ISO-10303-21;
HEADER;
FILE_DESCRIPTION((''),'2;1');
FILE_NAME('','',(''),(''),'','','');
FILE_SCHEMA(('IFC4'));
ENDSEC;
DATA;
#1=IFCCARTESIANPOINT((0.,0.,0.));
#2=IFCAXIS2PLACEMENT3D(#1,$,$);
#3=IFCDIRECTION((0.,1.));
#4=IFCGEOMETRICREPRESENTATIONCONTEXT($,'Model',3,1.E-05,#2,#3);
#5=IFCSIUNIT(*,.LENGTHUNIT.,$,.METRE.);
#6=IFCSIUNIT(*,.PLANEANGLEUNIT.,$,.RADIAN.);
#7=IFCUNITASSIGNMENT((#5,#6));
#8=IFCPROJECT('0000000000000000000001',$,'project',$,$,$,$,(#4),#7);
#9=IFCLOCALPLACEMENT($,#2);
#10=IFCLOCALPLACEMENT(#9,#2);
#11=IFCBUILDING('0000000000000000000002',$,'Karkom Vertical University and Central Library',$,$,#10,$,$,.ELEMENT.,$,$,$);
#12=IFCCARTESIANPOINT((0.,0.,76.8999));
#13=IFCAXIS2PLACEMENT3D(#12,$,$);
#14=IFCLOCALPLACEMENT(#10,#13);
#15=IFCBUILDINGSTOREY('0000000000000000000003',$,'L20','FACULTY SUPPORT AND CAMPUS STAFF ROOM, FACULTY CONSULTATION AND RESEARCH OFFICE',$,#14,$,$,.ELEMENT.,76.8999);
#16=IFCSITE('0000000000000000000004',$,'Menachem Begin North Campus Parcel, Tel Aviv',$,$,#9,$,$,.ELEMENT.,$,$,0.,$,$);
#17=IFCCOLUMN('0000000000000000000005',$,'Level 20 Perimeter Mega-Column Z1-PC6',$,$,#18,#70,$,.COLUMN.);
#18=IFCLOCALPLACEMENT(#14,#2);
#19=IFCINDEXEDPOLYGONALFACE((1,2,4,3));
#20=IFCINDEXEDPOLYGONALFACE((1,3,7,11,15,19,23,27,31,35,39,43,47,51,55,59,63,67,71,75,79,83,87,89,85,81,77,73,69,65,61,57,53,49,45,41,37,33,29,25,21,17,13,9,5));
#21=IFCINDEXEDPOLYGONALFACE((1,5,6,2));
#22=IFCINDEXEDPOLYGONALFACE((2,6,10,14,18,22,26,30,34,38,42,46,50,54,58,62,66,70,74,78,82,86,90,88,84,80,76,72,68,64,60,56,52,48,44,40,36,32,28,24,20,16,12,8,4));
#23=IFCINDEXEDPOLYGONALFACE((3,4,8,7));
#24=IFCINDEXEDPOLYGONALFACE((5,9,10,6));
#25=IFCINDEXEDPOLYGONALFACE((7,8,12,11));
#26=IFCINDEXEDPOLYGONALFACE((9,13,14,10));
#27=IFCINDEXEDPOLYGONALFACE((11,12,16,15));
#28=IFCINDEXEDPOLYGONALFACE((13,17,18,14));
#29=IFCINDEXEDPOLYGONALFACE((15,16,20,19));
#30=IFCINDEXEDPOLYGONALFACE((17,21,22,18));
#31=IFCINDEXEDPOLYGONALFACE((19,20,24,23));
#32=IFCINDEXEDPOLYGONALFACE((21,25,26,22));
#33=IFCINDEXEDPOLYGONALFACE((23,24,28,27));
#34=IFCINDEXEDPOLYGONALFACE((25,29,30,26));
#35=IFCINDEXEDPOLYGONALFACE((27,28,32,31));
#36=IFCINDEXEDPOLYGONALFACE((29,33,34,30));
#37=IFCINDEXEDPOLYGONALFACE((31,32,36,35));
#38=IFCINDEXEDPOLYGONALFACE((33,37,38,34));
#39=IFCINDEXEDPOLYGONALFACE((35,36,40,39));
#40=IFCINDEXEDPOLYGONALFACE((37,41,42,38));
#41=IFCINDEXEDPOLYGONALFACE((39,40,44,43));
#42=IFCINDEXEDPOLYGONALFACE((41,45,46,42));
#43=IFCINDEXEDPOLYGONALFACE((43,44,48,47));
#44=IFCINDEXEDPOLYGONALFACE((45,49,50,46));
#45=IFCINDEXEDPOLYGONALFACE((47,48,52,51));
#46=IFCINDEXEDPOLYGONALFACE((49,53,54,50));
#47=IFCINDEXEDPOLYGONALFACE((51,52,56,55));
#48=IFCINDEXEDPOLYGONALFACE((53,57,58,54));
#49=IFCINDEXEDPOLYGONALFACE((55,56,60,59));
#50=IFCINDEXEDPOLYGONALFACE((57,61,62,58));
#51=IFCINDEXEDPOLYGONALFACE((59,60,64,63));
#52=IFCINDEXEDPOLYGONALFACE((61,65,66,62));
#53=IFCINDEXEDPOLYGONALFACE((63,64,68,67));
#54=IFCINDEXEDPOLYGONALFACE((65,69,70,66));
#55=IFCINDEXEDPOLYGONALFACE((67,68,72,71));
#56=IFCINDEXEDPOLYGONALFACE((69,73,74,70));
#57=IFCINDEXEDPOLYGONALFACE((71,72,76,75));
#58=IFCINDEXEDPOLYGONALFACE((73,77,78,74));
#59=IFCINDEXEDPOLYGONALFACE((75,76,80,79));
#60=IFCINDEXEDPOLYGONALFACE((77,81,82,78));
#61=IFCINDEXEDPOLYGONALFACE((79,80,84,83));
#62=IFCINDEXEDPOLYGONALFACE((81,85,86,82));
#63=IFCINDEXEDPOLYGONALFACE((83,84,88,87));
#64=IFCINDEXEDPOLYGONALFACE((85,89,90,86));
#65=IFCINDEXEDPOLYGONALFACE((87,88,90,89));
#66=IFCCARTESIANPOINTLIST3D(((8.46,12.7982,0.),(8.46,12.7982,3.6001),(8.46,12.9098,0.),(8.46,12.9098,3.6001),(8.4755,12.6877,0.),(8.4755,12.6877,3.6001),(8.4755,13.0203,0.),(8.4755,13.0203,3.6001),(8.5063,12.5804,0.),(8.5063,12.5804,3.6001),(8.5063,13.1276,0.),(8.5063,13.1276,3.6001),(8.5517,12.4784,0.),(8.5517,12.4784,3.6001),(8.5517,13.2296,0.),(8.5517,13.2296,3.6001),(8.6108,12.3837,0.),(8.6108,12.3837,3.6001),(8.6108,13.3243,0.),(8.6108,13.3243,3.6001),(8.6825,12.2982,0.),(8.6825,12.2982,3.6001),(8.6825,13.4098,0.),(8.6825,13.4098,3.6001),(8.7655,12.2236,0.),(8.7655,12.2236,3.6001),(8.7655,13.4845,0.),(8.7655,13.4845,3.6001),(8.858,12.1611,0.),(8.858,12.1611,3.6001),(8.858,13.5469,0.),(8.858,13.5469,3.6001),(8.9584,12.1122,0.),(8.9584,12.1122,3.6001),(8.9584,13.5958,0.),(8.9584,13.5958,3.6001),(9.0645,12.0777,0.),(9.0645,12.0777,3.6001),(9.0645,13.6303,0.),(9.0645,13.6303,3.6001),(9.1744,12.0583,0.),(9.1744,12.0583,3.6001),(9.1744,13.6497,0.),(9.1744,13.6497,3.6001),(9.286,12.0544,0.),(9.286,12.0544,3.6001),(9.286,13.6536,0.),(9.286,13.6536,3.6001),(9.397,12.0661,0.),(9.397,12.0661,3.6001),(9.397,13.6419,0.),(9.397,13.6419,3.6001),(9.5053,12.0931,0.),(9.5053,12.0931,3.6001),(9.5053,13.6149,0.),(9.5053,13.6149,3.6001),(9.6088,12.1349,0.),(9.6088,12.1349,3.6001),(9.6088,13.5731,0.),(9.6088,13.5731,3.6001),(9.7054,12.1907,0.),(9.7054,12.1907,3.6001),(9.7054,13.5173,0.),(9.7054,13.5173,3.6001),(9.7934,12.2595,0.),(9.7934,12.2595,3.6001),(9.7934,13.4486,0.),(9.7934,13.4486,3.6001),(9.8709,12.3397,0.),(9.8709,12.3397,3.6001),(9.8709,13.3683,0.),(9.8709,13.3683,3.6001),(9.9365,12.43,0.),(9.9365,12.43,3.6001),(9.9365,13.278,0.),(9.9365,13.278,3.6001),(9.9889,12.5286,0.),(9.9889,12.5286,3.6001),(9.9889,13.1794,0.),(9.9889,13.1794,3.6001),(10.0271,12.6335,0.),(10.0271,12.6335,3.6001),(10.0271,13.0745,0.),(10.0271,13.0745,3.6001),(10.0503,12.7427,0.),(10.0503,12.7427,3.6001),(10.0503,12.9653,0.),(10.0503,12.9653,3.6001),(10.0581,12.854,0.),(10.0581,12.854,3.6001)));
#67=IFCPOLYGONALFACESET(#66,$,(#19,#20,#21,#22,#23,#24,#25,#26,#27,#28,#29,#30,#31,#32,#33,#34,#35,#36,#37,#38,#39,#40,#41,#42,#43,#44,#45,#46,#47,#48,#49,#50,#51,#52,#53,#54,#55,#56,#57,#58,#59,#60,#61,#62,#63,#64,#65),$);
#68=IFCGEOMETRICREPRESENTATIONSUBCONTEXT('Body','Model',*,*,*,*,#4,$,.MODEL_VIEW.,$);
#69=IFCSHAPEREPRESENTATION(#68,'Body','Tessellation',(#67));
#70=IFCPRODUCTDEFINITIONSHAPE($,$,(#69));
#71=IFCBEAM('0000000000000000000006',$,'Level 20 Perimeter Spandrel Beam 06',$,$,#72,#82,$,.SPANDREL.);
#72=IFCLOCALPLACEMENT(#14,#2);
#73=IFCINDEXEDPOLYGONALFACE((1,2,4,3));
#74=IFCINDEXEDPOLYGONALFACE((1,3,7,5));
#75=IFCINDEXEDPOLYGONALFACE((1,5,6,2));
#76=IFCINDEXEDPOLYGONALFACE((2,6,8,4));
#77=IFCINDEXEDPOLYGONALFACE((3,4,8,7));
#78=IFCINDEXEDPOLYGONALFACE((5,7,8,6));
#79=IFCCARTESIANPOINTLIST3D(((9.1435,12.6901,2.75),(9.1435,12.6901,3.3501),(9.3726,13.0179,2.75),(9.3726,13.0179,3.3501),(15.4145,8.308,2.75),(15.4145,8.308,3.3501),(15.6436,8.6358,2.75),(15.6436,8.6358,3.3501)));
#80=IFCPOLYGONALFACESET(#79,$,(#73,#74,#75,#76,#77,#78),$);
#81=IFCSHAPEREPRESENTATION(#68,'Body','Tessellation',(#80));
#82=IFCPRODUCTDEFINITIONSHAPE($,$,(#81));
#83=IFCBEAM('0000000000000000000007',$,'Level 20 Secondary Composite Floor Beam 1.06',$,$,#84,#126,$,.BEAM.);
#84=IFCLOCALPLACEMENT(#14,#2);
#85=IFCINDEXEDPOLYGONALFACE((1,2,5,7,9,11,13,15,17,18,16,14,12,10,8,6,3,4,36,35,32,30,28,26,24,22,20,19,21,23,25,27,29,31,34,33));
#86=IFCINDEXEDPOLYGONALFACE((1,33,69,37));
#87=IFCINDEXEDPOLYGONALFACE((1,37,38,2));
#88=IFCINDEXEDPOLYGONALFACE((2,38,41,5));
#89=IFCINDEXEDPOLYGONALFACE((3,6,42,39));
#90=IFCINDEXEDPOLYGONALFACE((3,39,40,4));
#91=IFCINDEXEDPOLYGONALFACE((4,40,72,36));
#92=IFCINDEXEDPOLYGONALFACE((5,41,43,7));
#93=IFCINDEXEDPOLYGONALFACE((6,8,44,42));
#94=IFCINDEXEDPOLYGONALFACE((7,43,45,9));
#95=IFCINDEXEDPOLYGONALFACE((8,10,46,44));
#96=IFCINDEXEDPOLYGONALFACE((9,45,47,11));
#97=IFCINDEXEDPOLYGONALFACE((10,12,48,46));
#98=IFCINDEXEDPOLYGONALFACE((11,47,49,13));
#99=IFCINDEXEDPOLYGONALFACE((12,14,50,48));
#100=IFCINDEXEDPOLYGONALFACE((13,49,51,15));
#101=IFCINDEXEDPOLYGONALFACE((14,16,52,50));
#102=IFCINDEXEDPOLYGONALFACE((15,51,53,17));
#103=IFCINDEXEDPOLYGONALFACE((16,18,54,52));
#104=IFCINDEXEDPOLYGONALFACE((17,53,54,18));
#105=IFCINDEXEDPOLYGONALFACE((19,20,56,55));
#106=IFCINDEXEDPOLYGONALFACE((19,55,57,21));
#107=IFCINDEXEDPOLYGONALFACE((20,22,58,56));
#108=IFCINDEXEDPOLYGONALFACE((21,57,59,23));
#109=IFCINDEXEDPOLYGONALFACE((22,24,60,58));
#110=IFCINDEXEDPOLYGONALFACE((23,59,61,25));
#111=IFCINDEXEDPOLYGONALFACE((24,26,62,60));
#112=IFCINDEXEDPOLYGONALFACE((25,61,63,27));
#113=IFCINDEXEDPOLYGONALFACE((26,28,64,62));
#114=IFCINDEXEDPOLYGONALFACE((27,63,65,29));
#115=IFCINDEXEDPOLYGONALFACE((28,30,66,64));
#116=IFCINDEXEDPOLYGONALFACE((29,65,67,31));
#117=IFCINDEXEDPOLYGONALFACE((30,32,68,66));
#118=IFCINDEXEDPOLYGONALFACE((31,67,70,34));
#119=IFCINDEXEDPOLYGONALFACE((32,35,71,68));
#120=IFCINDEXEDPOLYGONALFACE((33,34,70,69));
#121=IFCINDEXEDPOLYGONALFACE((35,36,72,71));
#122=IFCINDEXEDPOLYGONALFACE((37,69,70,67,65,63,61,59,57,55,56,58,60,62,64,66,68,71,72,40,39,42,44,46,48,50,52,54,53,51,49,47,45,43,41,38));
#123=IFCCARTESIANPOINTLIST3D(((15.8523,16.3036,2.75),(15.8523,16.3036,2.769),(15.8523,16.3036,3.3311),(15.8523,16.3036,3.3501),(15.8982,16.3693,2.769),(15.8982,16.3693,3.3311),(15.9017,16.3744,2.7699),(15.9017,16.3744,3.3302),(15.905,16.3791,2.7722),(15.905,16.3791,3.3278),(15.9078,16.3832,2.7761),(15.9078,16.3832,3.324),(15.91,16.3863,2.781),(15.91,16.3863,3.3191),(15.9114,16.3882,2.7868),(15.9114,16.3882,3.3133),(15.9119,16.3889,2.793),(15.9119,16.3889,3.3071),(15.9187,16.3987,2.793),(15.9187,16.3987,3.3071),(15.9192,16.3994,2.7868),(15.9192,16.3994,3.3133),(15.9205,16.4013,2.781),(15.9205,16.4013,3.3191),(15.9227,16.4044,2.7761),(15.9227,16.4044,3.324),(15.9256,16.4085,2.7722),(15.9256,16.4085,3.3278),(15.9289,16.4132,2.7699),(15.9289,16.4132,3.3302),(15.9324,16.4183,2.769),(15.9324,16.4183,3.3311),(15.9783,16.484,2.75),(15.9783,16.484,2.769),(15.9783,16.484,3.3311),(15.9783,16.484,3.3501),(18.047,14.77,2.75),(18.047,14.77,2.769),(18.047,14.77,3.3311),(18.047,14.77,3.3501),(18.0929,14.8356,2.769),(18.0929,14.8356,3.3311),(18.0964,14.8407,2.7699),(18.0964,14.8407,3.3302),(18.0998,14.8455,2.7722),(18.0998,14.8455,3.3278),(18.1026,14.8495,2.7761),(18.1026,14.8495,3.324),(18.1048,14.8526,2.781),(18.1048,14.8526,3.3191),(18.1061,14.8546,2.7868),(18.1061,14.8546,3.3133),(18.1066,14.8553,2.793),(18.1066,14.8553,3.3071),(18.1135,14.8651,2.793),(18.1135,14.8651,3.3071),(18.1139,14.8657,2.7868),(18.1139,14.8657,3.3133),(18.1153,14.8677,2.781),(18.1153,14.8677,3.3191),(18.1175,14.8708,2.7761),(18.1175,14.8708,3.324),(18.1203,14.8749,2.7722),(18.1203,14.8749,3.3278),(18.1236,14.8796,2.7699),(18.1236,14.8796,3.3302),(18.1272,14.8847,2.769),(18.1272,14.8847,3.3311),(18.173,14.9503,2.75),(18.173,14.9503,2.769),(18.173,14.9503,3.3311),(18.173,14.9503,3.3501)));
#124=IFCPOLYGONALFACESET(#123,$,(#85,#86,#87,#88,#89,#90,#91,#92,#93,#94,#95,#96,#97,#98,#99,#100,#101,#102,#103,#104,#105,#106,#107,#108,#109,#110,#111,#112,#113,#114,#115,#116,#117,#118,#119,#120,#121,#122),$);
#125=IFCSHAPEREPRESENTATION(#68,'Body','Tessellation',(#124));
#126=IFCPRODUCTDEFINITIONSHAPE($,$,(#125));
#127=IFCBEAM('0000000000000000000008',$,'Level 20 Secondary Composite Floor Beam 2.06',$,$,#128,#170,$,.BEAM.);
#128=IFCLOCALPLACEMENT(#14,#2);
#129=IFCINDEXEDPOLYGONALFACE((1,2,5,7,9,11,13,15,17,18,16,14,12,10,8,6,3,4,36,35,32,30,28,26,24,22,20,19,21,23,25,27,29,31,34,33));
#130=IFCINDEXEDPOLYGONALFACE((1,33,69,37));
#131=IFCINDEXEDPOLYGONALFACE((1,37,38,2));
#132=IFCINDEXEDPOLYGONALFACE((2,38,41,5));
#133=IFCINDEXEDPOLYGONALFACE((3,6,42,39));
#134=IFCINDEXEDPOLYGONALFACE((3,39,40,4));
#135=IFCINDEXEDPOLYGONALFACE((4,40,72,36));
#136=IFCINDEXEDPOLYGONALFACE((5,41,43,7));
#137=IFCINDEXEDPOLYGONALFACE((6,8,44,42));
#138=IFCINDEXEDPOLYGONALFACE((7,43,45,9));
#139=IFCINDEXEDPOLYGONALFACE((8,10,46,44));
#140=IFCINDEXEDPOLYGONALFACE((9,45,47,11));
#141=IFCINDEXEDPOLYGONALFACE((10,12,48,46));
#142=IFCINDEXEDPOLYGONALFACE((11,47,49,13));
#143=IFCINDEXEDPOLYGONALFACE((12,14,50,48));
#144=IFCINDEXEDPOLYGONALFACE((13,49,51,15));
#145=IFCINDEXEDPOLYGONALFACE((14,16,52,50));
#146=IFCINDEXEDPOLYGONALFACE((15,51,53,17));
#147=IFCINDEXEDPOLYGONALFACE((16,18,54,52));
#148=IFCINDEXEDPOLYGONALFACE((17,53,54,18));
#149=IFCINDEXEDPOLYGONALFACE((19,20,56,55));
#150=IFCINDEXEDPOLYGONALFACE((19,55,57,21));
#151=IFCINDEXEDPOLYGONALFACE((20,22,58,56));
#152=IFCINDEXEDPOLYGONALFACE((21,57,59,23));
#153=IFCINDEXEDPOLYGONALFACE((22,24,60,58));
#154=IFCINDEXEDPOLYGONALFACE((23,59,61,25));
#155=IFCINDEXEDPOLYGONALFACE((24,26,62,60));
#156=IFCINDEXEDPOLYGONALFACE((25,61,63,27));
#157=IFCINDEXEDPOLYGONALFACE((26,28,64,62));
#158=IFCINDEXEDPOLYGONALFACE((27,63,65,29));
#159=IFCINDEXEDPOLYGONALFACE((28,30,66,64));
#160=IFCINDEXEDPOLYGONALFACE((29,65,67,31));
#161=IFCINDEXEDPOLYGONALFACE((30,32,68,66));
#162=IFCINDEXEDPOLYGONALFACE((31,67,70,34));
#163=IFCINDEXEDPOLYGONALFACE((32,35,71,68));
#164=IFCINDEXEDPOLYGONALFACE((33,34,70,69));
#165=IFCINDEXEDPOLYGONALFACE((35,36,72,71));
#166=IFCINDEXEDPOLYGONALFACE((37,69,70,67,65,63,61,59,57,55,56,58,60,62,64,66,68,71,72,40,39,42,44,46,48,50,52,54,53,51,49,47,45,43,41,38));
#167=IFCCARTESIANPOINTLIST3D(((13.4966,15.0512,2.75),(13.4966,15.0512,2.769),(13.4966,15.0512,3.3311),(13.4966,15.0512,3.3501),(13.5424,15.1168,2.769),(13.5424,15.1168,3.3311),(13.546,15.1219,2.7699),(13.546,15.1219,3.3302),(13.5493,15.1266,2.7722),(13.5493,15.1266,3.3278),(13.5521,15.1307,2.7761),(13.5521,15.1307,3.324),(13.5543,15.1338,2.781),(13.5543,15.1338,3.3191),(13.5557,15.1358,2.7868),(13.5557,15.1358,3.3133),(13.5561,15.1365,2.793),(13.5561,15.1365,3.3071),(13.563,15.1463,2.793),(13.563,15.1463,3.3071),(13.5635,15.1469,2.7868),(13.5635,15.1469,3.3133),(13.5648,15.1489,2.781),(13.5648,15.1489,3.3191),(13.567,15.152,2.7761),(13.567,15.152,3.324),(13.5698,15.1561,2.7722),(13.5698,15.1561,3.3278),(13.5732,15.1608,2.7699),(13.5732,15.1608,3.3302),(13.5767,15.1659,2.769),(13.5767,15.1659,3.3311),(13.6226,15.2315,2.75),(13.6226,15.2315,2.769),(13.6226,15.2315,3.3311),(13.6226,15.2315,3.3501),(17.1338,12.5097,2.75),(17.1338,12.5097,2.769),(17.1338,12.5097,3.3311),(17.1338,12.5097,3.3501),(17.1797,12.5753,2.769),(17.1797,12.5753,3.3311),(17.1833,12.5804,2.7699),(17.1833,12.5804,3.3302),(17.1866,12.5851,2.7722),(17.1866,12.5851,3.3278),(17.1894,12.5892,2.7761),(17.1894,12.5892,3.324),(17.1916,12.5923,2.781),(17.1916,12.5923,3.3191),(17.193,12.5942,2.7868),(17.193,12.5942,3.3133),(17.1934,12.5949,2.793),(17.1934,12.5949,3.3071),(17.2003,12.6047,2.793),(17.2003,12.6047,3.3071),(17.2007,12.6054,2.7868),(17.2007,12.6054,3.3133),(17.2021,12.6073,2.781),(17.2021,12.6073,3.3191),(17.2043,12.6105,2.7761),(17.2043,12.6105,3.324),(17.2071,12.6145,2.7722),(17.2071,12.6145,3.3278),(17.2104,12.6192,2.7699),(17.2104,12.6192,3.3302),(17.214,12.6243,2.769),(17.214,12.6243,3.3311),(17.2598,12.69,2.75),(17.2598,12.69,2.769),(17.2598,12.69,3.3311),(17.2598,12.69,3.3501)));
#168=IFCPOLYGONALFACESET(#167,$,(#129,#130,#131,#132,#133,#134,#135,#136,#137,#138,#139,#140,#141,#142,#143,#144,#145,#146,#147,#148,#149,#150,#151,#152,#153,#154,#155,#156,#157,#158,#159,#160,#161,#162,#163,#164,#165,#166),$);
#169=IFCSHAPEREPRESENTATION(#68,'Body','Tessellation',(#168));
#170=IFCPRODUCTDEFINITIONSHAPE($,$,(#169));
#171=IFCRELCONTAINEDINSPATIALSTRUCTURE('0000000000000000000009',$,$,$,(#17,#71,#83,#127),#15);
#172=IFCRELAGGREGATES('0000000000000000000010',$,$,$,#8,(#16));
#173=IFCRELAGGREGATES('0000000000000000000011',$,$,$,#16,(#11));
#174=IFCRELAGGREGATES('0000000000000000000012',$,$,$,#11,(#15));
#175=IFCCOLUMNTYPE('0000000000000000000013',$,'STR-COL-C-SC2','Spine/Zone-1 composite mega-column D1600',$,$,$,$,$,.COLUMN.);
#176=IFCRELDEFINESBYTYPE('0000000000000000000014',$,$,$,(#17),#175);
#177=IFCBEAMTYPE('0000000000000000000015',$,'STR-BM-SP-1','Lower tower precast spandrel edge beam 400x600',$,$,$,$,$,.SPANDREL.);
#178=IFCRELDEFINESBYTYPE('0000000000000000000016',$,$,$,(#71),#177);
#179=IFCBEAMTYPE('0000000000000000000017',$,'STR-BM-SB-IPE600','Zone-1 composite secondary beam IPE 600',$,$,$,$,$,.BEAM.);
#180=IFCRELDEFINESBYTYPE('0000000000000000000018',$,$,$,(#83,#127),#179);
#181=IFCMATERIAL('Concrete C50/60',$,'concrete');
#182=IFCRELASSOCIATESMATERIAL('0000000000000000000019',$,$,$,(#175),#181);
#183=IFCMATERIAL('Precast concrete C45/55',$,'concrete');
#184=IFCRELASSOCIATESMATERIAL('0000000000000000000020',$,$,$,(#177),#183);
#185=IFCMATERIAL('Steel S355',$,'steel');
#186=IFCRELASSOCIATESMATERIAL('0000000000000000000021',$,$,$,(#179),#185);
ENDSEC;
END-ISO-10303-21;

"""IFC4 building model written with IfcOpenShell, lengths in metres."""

from ifc_helpers import new_model, si_unit, direction, frame, origin, origin_with_axes, origin_2d, place, context, subcontext, project, spatial, rectangle, circle, i_section, extrude, source, transform, mapped, material, material_profile, profile_set, type_object, element, save


model = new_model("IFC4")

# Units and contexts
model_context = context("Model", 3, precision=1e-05, world=origin(), true_north=direction((0.0, 1.0)))
body_context = subcontext(model_context, "Body", "Model", "MODEL_VIEW")
ifc_project = project(units=[si_unit("LENGTHUNIT", "METRE"), si_unit("PLANEANGLEUNIT", "RADIAN")], contexts=[model_context])

# Site, building, storey
site_placement = place(None, origin())
site = spatial("IfcSite", under=ifc_project, at=site_placement, Name="Menachem Begin North Campus Parcel, Tel Aviv", CompositionType="ELEMENT", RefElevation=0.0)
building_placement = place(site_placement, origin())
building = spatial("IfcBuilding", under=site, at=building_placement, Name="Karkom Vertical University and Central Library", CompositionType="ELEMENT")
storey_placement = place(building_placement, frame((0.0, 0.0, 76.8999)))
storey = spatial("IfcBuildingStorey", under=building, at=storey_placement, Name="L20", Description="FACULTY SUPPORT AND CAMPUS STAFF ROOM, FACULTY CONSULTATION AND RESEARCH OFFICE", CompositionType="ELEMENT", Elevation=76.8999)

# Column
ifc_material_1 = material(Name="Concrete C50/60", Category="concrete")
ifc_material_profile_1 = material_profile(ifc_material_1, circle(Radius=0.8, at=origin_2d()), Name="CFT-D1600")
ifc_profile_set_1 = profile_set([ifc_material_profile_1], Name="Concrete C50/60")
column_type = type_object("IfcColumnType", Name="STR-COL-C-SC2", Description="Spine/Zone-1 composite mega-column D1600", PredefinedType="COLUMN", material=ifc_profile_set_1)
shared_shape_1 = source(origin_with_axes(), body_context, "Body", "SweptSolid", [
    extrude(circle(Radius=0.8, at=origin_2d()), origin(), (0.0, 0.0, 1.0), 3.6001),
])
column_placement = place(storey_placement, frame((9.2581, 12.854, 0.0), z_axis=(0.0, 0.0, 1.0), x_axis=(1.0, 0.0, 0.0)))
element("IfcColumn", 1, at=column_placement, inside=storey, type_object=column_type, Name="Level 20 Perimeter Mega-Column Z1-PC6", PredefinedType="COLUMN", context=body_context, shape_type="MappedRepresentation", body=[
    mapped(shared_shape_1, transform((0.0, 0.0, 0.0), scale=1.0)),
])

# Beams
ifc_material_2 = material(Name="Precast concrete C45/55", Category="concrete")
ifc_material_profile_2 = material_profile(ifc_material_2, rectangle(XDim=0.3999, YDim=0.6001, at=origin_2d()), Name="SPB-400x600")
ifc_profile_set_2 = profile_set([ifc_material_profile_2], Name="Precast concrete C45/55")
beam_type_1 = type_object("IfcBeamType", Name="STR-BM-SP-1", Description="Lower tower precast spandrel edge beam 400x600", PredefinedType="SPANDREL", material=ifc_profile_set_2)
shared_shape_2 = source(origin_with_axes(), body_context, "Body", "SweptSolid", [
    extrude(rectangle(XDim=0.3999, YDim=0.6001, at=origin_2d()), origin(), (0.0, 0.0, 1.0), 7.6504),
])
beam_1_placement = place(storey_placement, frame((9.2581, 12.854, 3.05), z_axis=(0.819699, -0.572794, 0.0), x_axis=(0.572794, 0.819699, 0.0)))
element("IfcBeam", 2, at=beam_1_placement, inside=storey, type_object=beam_type_1, Name="Level 20 Perimeter Spandrel Beam 06", PredefinedType="SPANDREL", context=body_context, shape_type="MappedRepresentation", body=[
    mapped(shared_shape_2, transform((0.0, 0.0, 0.0), scale=1.0)),
])
ifc_material_3 = material(Name="Steel S355", Category="steel")
ifc_material_profile_3 = material_profile(ifc_material_3, i_section(OverallWidth=0.22, OverallDepth=0.6001, WebThickness=0.012, FlangeThickness=0.019, FilletRadius=0.0239, at=origin_2d()), Name="IPE 600")
ifc_profile_set_3 = profile_set([ifc_material_profile_3], Name="Steel S355")
beam_type_2 = type_object("IfcBeamType", Name="STR-BM-SB-IPE600", Description="Zone-1 composite secondary beam IPE 600", PredefinedType="BEAM", material=ifc_profile_set_3)
shared_shape_3 = source(origin_with_axes(), body_context, "Body", "SweptSolid", [
    extrude(i_section(OverallWidth=0.22, OverallDepth=0.6001, WebThickness=0.012, FlangeThickness=0.019, FilletRadius=0.0239, at=origin_2d()), origin(), (0.0, 0.0, 1.0), 2.6775),
])
beam_2_placement = place(storey_placement, frame((15.9153, 16.3938, 3.05), z_axis=(0.819703, -0.572789, 0.0), x_axis=(0.572789, 0.819703, 0.0)))
element("IfcBeam", 3, at=beam_2_placement, inside=storey, type_object=beam_type_2, Name="Level 20 Secondary Composite Floor Beam 1.06", PredefinedType="BEAM", context=body_context, shape_type="MappedRepresentation", body=[
    mapped(shared_shape_3, transform((0.0, 0.0, 0.0), scale=1.0)),
])
shared_shape_4 = source(origin_with_axes(), body_context, "Body", "SweptSolid", [
    extrude(i_section(OverallWidth=0.22, OverallDepth=0.6001, WebThickness=0.012, FlangeThickness=0.019, FilletRadius=0.0239, at=origin_2d()), origin(), (0.0, 0.0, 1.0), 4.4373),
])
beam_3_placement = place(storey_placement, frame((13.5596, 15.1414, 3.05), z_axis=(0.819712, -0.572775, 0.0), x_axis=(0.572775, 0.819712, 0.0)))
element("IfcBeam", 4, at=beam_3_placement, inside=storey, type_object=beam_type_2, Name="Level 20 Secondary Composite Floor Beam 2.06", PredefinedType="BEAM", context=body_context, shape_type="MappedRepresentation", body=[
    mapped(shared_shape_4, transform((0.0, 0.0, 0.0), scale=1.0)),
])

save(model, "model.ifc")
